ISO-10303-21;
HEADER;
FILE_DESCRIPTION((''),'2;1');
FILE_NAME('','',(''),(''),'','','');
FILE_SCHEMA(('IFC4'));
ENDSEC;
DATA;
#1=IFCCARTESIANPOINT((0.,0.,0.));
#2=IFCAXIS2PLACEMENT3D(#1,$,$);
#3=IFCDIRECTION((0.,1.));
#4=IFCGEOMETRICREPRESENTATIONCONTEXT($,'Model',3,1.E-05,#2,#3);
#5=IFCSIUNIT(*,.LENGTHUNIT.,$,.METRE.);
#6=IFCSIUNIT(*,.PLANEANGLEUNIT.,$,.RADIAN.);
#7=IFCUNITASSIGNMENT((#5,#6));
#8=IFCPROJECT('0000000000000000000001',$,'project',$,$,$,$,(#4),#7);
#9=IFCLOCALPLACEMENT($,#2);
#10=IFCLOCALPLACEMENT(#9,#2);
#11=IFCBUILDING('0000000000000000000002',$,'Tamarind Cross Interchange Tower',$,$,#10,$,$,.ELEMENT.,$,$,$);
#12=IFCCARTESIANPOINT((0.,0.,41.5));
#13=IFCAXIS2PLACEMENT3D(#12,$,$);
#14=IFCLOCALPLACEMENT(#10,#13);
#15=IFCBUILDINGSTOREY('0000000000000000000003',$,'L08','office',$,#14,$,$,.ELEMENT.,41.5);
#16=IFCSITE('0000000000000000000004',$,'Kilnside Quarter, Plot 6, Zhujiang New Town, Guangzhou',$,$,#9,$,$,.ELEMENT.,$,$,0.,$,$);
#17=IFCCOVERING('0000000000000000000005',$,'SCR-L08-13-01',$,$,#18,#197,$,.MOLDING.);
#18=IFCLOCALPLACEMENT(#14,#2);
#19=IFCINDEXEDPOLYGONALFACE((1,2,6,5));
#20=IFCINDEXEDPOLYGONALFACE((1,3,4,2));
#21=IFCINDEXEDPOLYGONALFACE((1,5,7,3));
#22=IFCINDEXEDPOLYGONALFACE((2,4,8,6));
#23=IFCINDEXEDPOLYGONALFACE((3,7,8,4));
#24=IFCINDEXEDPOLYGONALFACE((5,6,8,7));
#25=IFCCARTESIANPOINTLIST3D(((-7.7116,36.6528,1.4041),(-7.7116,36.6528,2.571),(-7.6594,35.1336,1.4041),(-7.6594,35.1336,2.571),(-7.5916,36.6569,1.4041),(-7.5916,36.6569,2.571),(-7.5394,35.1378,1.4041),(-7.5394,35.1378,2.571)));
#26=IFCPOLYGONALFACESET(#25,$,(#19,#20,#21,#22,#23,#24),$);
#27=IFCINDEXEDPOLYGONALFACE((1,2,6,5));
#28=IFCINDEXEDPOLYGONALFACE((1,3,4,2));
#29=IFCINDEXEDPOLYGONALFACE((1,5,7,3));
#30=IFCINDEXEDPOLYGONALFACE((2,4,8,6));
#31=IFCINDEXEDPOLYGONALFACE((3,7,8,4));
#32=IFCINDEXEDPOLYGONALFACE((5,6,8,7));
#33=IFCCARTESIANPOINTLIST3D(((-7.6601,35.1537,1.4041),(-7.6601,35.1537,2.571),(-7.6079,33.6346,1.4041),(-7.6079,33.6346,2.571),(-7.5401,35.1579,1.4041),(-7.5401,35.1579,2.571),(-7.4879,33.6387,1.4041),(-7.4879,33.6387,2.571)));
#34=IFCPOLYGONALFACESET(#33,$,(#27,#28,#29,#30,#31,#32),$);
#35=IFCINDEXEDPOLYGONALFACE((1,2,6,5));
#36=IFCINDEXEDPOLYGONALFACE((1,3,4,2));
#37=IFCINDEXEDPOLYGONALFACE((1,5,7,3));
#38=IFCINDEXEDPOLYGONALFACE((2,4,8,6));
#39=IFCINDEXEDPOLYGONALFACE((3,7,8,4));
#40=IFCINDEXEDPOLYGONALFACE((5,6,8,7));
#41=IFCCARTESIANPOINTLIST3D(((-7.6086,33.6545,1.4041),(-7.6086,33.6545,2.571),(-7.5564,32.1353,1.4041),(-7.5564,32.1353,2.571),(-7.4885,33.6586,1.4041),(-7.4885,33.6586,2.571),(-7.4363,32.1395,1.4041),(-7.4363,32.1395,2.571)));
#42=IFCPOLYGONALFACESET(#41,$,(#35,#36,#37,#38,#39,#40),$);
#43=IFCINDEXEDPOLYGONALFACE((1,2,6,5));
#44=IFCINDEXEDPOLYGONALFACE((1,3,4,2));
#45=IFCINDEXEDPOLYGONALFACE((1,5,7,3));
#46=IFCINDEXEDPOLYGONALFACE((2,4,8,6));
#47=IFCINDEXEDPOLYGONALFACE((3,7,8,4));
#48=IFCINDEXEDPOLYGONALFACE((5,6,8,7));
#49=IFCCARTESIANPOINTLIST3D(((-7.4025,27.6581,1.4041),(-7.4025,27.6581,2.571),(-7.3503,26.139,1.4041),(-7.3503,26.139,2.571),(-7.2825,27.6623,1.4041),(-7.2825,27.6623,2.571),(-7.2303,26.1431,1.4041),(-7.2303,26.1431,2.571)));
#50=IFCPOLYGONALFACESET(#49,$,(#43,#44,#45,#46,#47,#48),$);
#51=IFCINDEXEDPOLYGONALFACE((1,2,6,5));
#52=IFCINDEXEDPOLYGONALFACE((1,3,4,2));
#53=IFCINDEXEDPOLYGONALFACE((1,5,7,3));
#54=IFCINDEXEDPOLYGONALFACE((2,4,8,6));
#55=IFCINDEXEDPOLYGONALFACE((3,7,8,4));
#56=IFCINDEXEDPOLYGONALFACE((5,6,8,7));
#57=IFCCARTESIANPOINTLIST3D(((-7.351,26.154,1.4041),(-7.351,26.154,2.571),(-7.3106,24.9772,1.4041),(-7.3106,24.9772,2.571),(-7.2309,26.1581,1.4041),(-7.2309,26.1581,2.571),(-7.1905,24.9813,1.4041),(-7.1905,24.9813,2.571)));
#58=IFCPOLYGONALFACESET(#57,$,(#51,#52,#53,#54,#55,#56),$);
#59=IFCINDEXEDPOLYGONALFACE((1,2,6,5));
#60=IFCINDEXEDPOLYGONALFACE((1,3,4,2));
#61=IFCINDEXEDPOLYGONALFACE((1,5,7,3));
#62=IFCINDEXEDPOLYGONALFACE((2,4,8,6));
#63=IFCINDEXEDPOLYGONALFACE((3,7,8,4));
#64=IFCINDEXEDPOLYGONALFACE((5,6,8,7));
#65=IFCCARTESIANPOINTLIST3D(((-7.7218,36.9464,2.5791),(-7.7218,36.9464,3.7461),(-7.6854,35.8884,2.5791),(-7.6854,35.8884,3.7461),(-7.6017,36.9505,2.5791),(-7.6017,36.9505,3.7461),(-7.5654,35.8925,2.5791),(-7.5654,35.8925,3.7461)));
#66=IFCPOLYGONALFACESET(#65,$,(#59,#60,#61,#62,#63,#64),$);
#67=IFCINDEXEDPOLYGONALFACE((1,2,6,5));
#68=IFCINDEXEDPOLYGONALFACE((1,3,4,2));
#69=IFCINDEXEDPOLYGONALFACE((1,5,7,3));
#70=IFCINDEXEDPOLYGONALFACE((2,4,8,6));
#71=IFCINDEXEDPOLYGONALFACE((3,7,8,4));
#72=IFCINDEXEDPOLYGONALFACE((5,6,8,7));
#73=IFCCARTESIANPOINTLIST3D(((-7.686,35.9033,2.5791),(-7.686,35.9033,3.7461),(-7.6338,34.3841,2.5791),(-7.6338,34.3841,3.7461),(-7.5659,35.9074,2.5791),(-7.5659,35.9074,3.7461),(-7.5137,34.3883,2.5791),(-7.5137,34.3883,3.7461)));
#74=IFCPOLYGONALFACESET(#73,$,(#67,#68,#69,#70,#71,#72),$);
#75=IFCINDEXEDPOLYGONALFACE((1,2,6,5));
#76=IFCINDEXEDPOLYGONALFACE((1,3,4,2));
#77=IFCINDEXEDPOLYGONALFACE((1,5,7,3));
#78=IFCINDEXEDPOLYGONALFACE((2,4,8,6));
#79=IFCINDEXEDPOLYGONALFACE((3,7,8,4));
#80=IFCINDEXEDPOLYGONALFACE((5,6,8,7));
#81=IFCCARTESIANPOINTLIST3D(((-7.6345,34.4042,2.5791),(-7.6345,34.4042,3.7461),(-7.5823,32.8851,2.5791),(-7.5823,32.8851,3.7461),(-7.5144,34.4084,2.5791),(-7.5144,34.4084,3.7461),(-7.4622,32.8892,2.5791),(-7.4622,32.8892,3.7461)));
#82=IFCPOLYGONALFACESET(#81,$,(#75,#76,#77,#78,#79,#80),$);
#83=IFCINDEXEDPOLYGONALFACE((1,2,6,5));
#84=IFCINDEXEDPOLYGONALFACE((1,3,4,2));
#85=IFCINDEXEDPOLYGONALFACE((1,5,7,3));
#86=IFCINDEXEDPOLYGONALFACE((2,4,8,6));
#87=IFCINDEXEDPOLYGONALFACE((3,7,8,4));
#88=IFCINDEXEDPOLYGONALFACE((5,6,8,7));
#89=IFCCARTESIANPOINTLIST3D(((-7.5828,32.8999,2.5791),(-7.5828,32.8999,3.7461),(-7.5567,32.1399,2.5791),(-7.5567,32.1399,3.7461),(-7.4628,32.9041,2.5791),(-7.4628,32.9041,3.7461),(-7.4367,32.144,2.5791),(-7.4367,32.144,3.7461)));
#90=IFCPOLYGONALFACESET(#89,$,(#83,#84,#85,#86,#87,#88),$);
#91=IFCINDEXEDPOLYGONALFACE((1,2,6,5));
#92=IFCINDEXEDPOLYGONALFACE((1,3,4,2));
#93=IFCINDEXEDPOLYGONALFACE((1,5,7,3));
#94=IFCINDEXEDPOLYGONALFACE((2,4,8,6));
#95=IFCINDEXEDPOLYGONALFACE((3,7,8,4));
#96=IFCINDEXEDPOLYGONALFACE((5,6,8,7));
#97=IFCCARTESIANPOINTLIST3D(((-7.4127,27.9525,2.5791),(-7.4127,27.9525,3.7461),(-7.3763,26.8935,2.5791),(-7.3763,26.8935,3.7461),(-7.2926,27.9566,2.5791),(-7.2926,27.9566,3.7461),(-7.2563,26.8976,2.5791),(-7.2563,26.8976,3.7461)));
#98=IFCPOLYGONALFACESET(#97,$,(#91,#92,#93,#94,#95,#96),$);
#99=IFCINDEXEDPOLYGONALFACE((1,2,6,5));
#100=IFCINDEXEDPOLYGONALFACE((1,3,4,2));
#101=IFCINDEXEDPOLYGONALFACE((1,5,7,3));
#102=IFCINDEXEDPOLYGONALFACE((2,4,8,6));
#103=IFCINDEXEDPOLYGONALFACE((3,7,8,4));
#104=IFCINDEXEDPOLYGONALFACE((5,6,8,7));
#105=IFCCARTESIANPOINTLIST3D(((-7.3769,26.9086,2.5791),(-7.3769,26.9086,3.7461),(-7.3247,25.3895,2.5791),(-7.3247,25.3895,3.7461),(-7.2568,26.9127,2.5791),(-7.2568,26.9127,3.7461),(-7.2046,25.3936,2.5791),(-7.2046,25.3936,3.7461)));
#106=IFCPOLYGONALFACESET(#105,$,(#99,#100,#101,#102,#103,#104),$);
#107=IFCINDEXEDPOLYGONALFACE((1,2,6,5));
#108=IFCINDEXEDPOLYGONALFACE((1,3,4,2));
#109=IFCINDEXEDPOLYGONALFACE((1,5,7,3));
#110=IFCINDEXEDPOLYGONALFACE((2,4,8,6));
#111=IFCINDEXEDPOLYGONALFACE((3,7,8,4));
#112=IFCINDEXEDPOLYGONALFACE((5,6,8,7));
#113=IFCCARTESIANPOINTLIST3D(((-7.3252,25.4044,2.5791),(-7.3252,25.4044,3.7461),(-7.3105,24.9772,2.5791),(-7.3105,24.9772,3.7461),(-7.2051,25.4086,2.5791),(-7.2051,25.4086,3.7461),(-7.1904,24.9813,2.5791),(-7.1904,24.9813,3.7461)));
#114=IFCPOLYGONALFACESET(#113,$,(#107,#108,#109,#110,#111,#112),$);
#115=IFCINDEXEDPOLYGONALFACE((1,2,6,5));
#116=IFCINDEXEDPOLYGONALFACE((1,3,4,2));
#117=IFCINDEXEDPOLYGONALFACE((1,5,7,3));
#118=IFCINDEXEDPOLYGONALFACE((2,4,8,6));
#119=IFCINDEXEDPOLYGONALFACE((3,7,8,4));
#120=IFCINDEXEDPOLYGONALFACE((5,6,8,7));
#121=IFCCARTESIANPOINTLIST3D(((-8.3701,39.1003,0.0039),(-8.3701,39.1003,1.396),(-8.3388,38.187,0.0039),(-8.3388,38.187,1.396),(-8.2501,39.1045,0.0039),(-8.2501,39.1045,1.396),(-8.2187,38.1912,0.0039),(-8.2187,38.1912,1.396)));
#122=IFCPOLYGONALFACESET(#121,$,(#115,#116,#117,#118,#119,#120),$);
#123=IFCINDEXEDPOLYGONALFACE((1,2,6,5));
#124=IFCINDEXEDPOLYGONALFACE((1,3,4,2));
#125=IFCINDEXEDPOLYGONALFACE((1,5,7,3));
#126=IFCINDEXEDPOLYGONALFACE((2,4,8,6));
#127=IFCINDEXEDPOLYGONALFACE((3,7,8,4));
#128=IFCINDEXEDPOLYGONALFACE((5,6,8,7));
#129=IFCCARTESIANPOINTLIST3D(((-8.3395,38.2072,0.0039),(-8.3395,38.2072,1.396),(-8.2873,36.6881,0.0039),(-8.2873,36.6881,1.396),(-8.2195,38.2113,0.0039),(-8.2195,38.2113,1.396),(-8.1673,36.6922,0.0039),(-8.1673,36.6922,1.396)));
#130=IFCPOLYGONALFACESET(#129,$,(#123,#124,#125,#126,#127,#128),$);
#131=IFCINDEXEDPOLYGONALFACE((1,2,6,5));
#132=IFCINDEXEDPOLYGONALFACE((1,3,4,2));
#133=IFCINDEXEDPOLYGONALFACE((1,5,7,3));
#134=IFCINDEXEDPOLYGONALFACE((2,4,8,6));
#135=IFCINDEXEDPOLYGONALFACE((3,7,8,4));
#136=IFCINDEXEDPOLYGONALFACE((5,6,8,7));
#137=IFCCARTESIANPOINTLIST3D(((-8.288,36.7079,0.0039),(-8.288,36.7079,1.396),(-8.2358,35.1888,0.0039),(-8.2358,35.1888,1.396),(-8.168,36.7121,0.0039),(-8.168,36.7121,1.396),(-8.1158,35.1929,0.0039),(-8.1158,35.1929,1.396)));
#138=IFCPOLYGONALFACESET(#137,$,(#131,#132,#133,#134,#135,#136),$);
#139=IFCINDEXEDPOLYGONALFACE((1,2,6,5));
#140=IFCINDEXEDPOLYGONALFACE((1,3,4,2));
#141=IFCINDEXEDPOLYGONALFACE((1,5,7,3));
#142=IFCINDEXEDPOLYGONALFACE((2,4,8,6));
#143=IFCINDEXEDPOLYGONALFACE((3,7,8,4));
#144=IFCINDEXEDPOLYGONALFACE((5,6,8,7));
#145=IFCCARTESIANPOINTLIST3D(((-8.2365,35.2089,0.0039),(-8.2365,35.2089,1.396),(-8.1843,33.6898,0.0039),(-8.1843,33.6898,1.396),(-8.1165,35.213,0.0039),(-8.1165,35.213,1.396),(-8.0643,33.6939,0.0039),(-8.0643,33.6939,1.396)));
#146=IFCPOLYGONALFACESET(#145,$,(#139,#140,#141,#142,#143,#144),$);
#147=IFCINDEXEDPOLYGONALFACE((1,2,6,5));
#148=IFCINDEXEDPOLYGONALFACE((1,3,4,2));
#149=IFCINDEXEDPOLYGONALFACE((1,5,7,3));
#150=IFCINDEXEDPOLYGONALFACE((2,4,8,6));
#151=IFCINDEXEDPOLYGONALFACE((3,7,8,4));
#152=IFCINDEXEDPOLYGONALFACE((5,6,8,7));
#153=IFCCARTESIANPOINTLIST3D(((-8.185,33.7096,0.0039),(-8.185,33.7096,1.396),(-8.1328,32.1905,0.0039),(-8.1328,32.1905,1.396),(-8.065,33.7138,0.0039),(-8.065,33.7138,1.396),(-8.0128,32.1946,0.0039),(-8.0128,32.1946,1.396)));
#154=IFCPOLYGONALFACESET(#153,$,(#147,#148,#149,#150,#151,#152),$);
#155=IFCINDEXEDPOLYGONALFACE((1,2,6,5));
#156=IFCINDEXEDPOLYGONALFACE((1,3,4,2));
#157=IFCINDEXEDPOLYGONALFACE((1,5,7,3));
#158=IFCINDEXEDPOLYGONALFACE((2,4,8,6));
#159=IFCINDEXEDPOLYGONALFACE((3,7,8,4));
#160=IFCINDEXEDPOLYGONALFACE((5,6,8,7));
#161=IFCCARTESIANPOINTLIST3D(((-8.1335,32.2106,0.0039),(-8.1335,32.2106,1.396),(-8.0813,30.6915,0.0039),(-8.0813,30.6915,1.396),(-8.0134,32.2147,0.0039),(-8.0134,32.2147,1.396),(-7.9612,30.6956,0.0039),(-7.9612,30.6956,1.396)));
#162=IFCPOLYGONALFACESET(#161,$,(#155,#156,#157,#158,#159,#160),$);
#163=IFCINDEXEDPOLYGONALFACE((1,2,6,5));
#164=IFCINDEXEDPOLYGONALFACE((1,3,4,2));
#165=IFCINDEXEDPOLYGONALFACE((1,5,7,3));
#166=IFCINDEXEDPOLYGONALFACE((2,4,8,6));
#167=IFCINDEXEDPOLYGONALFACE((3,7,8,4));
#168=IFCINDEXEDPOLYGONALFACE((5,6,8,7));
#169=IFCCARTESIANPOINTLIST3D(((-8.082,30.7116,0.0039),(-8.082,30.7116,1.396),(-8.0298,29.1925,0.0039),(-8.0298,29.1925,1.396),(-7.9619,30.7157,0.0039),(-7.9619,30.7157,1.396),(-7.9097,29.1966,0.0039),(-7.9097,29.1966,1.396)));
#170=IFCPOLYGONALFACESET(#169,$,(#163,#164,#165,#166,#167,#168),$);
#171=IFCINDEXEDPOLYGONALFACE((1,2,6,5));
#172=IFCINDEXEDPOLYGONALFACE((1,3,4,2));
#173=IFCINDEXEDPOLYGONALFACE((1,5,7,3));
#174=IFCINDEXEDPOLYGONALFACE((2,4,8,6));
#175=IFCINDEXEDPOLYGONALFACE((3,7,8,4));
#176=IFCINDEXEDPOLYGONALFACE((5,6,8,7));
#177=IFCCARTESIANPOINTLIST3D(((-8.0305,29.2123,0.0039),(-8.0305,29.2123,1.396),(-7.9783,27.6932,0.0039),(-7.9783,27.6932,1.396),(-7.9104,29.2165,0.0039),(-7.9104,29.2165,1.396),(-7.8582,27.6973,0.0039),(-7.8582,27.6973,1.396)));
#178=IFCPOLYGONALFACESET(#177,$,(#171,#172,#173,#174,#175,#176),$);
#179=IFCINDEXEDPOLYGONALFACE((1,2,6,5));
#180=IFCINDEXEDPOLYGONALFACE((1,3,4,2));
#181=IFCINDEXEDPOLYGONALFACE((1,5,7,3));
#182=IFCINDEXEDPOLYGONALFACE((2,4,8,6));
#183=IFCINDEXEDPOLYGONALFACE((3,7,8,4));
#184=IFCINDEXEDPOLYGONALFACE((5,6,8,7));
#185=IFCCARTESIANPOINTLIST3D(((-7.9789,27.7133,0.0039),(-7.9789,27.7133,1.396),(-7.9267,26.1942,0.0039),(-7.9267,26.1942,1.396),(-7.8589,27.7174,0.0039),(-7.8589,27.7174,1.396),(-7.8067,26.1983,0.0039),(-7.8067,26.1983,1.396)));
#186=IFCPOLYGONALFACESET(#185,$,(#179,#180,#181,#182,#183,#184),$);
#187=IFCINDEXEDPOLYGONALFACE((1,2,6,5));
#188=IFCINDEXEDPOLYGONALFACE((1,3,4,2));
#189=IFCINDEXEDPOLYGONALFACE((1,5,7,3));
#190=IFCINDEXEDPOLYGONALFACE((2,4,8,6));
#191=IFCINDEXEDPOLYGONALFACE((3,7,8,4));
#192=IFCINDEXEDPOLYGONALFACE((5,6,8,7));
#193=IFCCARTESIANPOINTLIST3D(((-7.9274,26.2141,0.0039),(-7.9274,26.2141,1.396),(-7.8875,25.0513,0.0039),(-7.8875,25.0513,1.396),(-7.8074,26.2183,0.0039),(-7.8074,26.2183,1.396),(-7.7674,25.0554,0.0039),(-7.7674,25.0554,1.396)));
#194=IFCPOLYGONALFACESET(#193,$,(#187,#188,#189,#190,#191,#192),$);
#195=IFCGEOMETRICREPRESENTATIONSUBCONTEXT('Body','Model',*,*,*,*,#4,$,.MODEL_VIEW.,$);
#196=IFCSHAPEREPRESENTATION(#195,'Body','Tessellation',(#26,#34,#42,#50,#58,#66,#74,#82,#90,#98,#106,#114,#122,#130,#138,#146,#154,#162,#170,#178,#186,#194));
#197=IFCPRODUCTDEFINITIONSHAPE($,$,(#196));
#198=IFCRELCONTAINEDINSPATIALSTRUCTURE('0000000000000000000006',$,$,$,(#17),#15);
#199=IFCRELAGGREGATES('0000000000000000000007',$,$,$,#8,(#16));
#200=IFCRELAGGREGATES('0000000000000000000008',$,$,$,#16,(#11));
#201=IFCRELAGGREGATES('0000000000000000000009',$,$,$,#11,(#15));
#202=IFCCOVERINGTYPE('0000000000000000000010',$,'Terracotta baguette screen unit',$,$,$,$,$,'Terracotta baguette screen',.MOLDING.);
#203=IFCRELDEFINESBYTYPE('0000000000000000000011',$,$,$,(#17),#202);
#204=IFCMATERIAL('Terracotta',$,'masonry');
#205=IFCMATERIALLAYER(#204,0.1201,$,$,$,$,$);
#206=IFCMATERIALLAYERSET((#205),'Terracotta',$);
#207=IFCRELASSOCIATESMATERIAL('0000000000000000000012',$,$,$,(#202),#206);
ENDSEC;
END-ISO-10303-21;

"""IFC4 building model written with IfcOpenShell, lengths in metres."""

from ifc_helpers import new_model, si_unit, direction, frame, origin, origin_2d, place, context, subcontext, project, spatial, rectangle, extrude, material, layer, layer_set, type_object, element, save


model = new_model("IFC4")

# Units and contexts
model_context = context("Model", 3, precision=1e-05, world=origin(), true_north=direction((0.0, 1.0)))
body_context = subcontext(model_context, "Body", "Model", "MODEL_VIEW")
ifc_project = project(units=[si_unit("LENGTHUNIT", "METRE"), si_unit("PLANEANGLEUNIT", "RADIAN")], contexts=[model_context])

# Site, building, storey
site_placement = place(None, origin())
site = spatial("IfcSite", under=ifc_project, at=site_placement, Name="Kilnside Quarter, Plot 6, Zhujiang New Town, Guangzhou", CompositionType="ELEMENT", RefElevation=0.0)
building_placement = place(site_placement, origin())
building = spatial("IfcBuilding", under=site, at=building_placement, Name="Tamarind Cross Interchange Tower", CompositionType="ELEMENT")
storey_placement = place(building_placement, frame((0.0, 0.0, 41.5)))
storey = spatial("IfcBuildingStorey", under=building, at=storey_placement, Name="L08", Description="office", CompositionType="ELEMENT", Elevation=41.5)

# Covering
ifc_material_1 = material(Name="Terracotta", Category="masonry")
ifc_layer_1 = layer(ifc_material_1, 0.1201)
ifc_layer_set_1 = layer_set([ifc_layer_1], Name="Terracotta")
covering_type = type_object("IfcCoveringType", Name="Terracotta baguette screen unit", ElementType="Terracotta baguette screen", PredefinedType="MOLDING", material=ifc_layer_set_1)
covering_1_placement = place(storey_placement, origin())
element("IfcCovering", 1, at=covering_1_placement, inside=storey, type_object=covering_type, Name="SCR-L08-13-01", PredefinedType="MOLDING", context=body_context, shape_type="SweptSolid", body=[
    extrude(rectangle(XDim=1.52, YDim=0.1201, at=origin_2d()), frame((-7.6255, 35.8953, 1.4041), z_axis=(0.0, 0.0, 1.0), x_axis=(0.034343, -0.99941, 0.0)), (0.0, 0.0, 1.0), 1.167),
    extrude(rectangle(XDim=1.52, YDim=0.1201, at=origin_2d()), frame((-7.574, 34.3962, 1.4041), z_axis=(0.0, 0.0, 1.0), x_axis=(0.034343, -0.99941, 0.0)), (0.0, 0.0, 1.0), 1.167),
    extrude(rectangle(XDim=1.52, YDim=0.1201, at=origin_2d()), frame((-7.5225, 32.897, 1.4041), z_axis=(0.0, 0.0, 1.0), x_axis=(0.034343, -0.99941, 0.0)), (0.0, 0.0, 1.0), 1.167),
    extrude(rectangle(XDim=1.52, YDim=0.1201, at=origin_2d()), frame((-7.3164, 26.9006, 1.4041), z_axis=(0.0, 0.0, 1.0), x_axis=(0.034343, -0.99941, 0.0)), (0.0, 0.0, 1.0), 1.167),
    extrude(rectangle(XDim=1.1775, YDim=0.1201, at=origin_2d()), frame((-7.2708, 25.5676, 1.4041), z_axis=(0.0, 0.0, 1.0), x_axis=(0.034343, -0.99941, 0.0)), (0.0, 0.0, 1.0), 1.167),
    extrude(rectangle(XDim=1.0586, YDim=0.1201, at=origin_2d()), frame((-7.6436, 36.4194, 2.5791), z_axis=(0.0, 0.0, 1.0), x_axis=(0.034343, -0.99941, 0.0)), (0.0, 0.0, 1.0), 1.167),
    extrude(rectangle(XDim=1.52, YDim=0.1201, at=origin_2d()), frame((-7.5999, 35.1458, 2.5791), z_axis=(0.0, 0.0, 1.0), x_axis=(0.034343, -0.99941, 0.0)), (0.0, 0.0, 1.0), 1.167),
    extrude(rectangle(XDim=1.52, YDim=0.1201, at=origin_2d()), frame((-7.5483, 33.6467, 2.5791), z_axis=(0.0, 0.0, 1.0), x_axis=(0.034343, -0.99941, 0.0)), (0.0, 0.0, 1.0), 1.167),
    extrude(rectangle(XDim=0.7605, YDim=0.1201, at=origin_2d()), frame((-7.5098, 32.522, 2.5791), z_axis=(0.0, 0.0, 1.0), x_axis=(0.034343, -0.99941, 0.0)), (0.0, 0.0, 1.0), 1.167),
    extrude(rectangle(XDim=1.0596, YDim=0.1201, at=origin_2d()), frame((-7.3345, 27.425, 2.5791), z_axis=(0.0, 0.0, 1.0), x_axis=(0.034343, -0.99941, 0.0)), (0.0, 0.0, 1.0), 1.167),
    extrude(rectangle(XDim=1.52, YDim=0.1201, at=origin_2d()), frame((-7.2908, 26.1511, 2.5791), z_axis=(0.0, 0.0, 1.0), x_axis=(0.034343, -0.99941, 0.0)), (0.0, 0.0, 1.0), 1.167),
    extrude(rectangle(XDim=0.4275, YDim=0.1201, at=origin_2d()), frame((-7.2578, 25.1929, 2.5791), z_axis=(0.0, 0.0, 1.0), x_axis=(0.034343, -0.99941, 0.0)), (0.0, 0.0, 1.0), 1.167),
    extrude(rectangle(XDim=0.9138, YDim=0.1201, at=origin_2d()), frame((-8.2944, 38.6458, 0.0039), z_axis=(0.0, 0.0, 1.0), x_axis=(0.034343, -0.99941, 0.0)), (0.0, 0.0, 1.0), 1.3921),
    extrude(rectangle(XDim=1.52, YDim=0.1201, at=origin_2d()), frame((-8.2534, 37.4497, 0.0039), z_axis=(0.0, 0.0, 1.0), x_axis=(0.034343, -0.99941, 0.0)), (0.0, 0.0, 1.0), 1.3921),
    extrude(rectangle(XDim=1.52, YDim=0.1201, at=origin_2d()), frame((-8.2019, 35.9504, 0.0039), z_axis=(0.0, 0.0, 1.0), x_axis=(0.034343, -0.99941, 0.0)), (0.0, 0.0, 1.0), 1.3921),
    extrude(rectangle(XDim=1.52, YDim=0.1201, at=origin_2d()), frame((-8.1504, 34.4514, 0.0039), z_axis=(0.0, 0.0, 1.0), x_axis=(0.034343, -0.99941, 0.0)), (0.0, 0.0, 1.0), 1.3921),
    extrude(rectangle(XDim=1.52, YDim=0.1201, at=origin_2d()), frame((-8.0989, 32.9521, 0.0039), z_axis=(0.0, 0.0, 1.0), x_axis=(0.034343, -0.99941, 0.0)), (0.0, 0.0, 1.0), 1.3921),
    extrude(rectangle(XDim=1.52, YDim=0.1201, at=origin_2d()), frame((-8.0474, 31.4531, 0.0039), z_axis=(0.0, 0.0, 1.0), x_axis=(0.034343, -0.99941, 0.0)), (0.0, 0.0, 1.0), 1.3921),
    extrude(rectangle(XDim=1.52, YDim=0.1201, at=origin_2d()), frame((-7.9958, 29.9541, 0.0039), z_axis=(0.0, 0.0, 1.0), x_axis=(0.034343, -0.99941, 0.0)), (0.0, 0.0, 1.0), 1.3921),
    extrude(rectangle(XDim=1.52, YDim=0.1201, at=origin_2d()), frame((-7.9443, 28.4548, 0.0039), z_axis=(0.0, 0.0, 1.0), x_axis=(0.034343, -0.99941, 0.0)), (0.0, 0.0, 1.0), 1.3921),
    extrude(rectangle(XDim=1.52, YDim=0.1201, at=origin_2d()), frame((-7.8928, 26.9558, 0.0039), z_axis=(0.0, 0.0, 1.0), x_axis=(0.034343, -0.99941, 0.0)), (0.0, 0.0, 1.0), 1.3921),
    extrude(rectangle(XDim=1.1636, YDim=0.1201, at=origin_2d()), frame((-7.8474, 25.6348, 0.0039), z_axis=(0.0, 0.0, 1.0), x_axis=(0.034343, -0.99941, 0.0)), (0.0, 0.0, 1.0), 1.3921),
])

save(model, "model.ifc")
